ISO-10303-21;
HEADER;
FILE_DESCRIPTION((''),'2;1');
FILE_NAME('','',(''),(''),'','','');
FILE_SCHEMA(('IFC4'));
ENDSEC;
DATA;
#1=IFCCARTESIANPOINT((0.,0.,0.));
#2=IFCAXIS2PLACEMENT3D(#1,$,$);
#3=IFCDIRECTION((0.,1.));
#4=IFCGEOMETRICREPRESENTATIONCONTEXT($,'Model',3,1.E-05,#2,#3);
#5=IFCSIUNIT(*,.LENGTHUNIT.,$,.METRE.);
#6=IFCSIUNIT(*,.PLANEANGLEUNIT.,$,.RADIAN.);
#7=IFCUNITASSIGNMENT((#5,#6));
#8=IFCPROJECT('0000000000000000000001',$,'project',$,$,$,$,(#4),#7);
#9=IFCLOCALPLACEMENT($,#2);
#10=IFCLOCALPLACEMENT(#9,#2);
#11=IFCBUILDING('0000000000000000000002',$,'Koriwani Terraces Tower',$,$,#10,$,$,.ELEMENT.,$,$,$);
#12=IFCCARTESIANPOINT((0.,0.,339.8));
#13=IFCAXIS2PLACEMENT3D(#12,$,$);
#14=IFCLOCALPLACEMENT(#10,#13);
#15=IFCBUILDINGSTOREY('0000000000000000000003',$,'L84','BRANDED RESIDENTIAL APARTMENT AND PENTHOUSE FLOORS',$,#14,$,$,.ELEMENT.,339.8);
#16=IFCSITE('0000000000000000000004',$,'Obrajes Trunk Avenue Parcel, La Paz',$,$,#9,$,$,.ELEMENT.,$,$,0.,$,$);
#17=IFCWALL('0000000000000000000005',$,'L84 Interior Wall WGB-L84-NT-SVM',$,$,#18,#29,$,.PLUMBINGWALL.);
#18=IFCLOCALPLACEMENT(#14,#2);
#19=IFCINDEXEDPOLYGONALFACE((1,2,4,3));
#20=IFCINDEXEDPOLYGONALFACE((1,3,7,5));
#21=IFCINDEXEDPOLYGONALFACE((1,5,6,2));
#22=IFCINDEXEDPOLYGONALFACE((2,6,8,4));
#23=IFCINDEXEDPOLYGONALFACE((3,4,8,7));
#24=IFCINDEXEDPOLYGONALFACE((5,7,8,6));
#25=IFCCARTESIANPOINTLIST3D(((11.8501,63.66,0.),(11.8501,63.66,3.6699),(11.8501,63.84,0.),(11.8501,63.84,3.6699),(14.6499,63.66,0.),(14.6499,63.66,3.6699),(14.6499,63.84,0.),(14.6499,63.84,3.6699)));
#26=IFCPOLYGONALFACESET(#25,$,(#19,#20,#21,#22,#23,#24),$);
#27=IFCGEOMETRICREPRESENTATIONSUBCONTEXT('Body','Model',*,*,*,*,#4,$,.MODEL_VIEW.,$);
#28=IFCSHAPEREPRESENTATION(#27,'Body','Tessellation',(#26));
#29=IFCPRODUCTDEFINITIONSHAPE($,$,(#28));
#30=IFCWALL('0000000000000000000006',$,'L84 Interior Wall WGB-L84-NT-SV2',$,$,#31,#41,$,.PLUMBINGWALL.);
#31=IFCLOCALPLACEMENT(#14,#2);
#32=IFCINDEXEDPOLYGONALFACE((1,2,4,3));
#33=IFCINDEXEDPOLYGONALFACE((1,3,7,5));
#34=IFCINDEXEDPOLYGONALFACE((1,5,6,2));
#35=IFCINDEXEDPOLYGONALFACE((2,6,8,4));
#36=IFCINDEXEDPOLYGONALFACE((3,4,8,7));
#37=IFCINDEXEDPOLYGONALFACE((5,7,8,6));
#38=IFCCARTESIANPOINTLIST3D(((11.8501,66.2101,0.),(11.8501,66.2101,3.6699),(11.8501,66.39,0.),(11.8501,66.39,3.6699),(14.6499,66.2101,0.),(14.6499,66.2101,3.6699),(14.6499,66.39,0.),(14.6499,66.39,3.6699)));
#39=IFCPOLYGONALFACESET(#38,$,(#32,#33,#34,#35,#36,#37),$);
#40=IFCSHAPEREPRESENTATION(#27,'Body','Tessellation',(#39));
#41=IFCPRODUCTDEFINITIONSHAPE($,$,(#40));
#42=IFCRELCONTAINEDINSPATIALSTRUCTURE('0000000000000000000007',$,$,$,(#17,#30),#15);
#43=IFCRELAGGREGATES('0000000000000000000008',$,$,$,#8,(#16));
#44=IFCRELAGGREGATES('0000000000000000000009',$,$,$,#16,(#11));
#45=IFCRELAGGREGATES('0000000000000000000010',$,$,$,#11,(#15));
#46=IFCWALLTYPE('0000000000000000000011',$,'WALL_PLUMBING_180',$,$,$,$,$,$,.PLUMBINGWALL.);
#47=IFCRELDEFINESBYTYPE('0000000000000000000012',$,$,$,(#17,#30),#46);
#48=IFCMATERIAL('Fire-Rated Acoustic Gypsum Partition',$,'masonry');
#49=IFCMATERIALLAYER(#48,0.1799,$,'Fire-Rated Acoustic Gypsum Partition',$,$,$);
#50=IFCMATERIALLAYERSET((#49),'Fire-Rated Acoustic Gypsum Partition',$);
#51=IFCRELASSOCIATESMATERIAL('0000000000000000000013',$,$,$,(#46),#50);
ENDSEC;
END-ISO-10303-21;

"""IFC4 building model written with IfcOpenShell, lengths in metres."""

from ifc_helpers import new_model, si_unit, direction, frame, frame_2d, origin, place, context, subcontext, project, spatial, rectangle, extrude, material, layer, layer_set, type_object, element, save


model = new_model("IFC4")

# Units and contexts
model_context = context("Model", 3, precision=1e-05, world=origin(), true_north=direction((0.0, 1.0)))
body_context = subcontext(model_context, "Body", "Model", "MODEL_VIEW")
ifc_project = project(units=[si_unit("LENGTHUNIT", "METRE"), si_unit("PLANEANGLEUNIT", "RADIAN")], contexts=[model_context])

# Site, building, storey
site_placement = place(None, origin())
site = spatial("IfcSite", under=ifc_project, at=site_placement, Name="Obrajes Trunk Avenue Parcel, La Paz", CompositionType="ELEMENT", RefElevation=0.0)
building_placement = place(site_placement, origin())
building = spatial("IfcBuilding", under=site, at=building_placement, Name="Koriwani Terraces Tower", CompositionType="ELEMENT")
storey_placement = place(building_placement, frame((0.0, 0.0, 339.8)))
storey = spatial("IfcBuildingStorey", under=building, at=storey_placement, Name="L84", Description="BRANDED RESIDENTIAL APARTMENT AND PENTHOUSE FLOORS", CompositionType="ELEMENT", Elevation=339.8)

# Shared definitions
ifc_material_1 = material(Name="Fire-Rated Acoustic Gypsum Partition", Category="masonry")
ifc_layer_1 = layer(ifc_material_1, 0.1799, Name="Fire-Rated Acoustic Gypsum Partition")
ifc_layer_set_1 = layer_set([ifc_layer_1], Name="Fire-Rated Acoustic Gypsum Partition")
wall_type_1 = type_object("IfcWallType", Name="WALL_PLUMBING_180", PredefinedType="PLUMBINGWALL", material=ifc_layer_set_1)

# Walls
for number, where, z_axis, x_axis, name in (
    (1, (11.8501, 63.75, 0.0), (0.0, 0.0, 1.0), (1.0, 0.0, 0.0), "L84 Interior Wall WGB-L84-NT-SVM"),
    (2, (11.8501, 66.3, 0.0), (0.0, 0.0, 1.0), (1.0, 0.0, 0.0), "L84 Interior Wall WGB-L84-NT-SV2"),
):
    element("IfcWall", number, at=place(storey_placement, frame(where, z_axis=z_axis, x_axis=x_axis)), inside=storey, type_object=wall_type_1, Name=name, PredefinedType="PLUMBINGWALL", context=body_context, shape_type="SweptSolid", body=[
        extrude(rectangle(XDim=2.7998, YDim=0.1799, at=frame_2d((1.3999, 0.0))), origin(), (0.0, 0.0, 1.0), 3.6699),
    ])

save(model, "model.ifc")
